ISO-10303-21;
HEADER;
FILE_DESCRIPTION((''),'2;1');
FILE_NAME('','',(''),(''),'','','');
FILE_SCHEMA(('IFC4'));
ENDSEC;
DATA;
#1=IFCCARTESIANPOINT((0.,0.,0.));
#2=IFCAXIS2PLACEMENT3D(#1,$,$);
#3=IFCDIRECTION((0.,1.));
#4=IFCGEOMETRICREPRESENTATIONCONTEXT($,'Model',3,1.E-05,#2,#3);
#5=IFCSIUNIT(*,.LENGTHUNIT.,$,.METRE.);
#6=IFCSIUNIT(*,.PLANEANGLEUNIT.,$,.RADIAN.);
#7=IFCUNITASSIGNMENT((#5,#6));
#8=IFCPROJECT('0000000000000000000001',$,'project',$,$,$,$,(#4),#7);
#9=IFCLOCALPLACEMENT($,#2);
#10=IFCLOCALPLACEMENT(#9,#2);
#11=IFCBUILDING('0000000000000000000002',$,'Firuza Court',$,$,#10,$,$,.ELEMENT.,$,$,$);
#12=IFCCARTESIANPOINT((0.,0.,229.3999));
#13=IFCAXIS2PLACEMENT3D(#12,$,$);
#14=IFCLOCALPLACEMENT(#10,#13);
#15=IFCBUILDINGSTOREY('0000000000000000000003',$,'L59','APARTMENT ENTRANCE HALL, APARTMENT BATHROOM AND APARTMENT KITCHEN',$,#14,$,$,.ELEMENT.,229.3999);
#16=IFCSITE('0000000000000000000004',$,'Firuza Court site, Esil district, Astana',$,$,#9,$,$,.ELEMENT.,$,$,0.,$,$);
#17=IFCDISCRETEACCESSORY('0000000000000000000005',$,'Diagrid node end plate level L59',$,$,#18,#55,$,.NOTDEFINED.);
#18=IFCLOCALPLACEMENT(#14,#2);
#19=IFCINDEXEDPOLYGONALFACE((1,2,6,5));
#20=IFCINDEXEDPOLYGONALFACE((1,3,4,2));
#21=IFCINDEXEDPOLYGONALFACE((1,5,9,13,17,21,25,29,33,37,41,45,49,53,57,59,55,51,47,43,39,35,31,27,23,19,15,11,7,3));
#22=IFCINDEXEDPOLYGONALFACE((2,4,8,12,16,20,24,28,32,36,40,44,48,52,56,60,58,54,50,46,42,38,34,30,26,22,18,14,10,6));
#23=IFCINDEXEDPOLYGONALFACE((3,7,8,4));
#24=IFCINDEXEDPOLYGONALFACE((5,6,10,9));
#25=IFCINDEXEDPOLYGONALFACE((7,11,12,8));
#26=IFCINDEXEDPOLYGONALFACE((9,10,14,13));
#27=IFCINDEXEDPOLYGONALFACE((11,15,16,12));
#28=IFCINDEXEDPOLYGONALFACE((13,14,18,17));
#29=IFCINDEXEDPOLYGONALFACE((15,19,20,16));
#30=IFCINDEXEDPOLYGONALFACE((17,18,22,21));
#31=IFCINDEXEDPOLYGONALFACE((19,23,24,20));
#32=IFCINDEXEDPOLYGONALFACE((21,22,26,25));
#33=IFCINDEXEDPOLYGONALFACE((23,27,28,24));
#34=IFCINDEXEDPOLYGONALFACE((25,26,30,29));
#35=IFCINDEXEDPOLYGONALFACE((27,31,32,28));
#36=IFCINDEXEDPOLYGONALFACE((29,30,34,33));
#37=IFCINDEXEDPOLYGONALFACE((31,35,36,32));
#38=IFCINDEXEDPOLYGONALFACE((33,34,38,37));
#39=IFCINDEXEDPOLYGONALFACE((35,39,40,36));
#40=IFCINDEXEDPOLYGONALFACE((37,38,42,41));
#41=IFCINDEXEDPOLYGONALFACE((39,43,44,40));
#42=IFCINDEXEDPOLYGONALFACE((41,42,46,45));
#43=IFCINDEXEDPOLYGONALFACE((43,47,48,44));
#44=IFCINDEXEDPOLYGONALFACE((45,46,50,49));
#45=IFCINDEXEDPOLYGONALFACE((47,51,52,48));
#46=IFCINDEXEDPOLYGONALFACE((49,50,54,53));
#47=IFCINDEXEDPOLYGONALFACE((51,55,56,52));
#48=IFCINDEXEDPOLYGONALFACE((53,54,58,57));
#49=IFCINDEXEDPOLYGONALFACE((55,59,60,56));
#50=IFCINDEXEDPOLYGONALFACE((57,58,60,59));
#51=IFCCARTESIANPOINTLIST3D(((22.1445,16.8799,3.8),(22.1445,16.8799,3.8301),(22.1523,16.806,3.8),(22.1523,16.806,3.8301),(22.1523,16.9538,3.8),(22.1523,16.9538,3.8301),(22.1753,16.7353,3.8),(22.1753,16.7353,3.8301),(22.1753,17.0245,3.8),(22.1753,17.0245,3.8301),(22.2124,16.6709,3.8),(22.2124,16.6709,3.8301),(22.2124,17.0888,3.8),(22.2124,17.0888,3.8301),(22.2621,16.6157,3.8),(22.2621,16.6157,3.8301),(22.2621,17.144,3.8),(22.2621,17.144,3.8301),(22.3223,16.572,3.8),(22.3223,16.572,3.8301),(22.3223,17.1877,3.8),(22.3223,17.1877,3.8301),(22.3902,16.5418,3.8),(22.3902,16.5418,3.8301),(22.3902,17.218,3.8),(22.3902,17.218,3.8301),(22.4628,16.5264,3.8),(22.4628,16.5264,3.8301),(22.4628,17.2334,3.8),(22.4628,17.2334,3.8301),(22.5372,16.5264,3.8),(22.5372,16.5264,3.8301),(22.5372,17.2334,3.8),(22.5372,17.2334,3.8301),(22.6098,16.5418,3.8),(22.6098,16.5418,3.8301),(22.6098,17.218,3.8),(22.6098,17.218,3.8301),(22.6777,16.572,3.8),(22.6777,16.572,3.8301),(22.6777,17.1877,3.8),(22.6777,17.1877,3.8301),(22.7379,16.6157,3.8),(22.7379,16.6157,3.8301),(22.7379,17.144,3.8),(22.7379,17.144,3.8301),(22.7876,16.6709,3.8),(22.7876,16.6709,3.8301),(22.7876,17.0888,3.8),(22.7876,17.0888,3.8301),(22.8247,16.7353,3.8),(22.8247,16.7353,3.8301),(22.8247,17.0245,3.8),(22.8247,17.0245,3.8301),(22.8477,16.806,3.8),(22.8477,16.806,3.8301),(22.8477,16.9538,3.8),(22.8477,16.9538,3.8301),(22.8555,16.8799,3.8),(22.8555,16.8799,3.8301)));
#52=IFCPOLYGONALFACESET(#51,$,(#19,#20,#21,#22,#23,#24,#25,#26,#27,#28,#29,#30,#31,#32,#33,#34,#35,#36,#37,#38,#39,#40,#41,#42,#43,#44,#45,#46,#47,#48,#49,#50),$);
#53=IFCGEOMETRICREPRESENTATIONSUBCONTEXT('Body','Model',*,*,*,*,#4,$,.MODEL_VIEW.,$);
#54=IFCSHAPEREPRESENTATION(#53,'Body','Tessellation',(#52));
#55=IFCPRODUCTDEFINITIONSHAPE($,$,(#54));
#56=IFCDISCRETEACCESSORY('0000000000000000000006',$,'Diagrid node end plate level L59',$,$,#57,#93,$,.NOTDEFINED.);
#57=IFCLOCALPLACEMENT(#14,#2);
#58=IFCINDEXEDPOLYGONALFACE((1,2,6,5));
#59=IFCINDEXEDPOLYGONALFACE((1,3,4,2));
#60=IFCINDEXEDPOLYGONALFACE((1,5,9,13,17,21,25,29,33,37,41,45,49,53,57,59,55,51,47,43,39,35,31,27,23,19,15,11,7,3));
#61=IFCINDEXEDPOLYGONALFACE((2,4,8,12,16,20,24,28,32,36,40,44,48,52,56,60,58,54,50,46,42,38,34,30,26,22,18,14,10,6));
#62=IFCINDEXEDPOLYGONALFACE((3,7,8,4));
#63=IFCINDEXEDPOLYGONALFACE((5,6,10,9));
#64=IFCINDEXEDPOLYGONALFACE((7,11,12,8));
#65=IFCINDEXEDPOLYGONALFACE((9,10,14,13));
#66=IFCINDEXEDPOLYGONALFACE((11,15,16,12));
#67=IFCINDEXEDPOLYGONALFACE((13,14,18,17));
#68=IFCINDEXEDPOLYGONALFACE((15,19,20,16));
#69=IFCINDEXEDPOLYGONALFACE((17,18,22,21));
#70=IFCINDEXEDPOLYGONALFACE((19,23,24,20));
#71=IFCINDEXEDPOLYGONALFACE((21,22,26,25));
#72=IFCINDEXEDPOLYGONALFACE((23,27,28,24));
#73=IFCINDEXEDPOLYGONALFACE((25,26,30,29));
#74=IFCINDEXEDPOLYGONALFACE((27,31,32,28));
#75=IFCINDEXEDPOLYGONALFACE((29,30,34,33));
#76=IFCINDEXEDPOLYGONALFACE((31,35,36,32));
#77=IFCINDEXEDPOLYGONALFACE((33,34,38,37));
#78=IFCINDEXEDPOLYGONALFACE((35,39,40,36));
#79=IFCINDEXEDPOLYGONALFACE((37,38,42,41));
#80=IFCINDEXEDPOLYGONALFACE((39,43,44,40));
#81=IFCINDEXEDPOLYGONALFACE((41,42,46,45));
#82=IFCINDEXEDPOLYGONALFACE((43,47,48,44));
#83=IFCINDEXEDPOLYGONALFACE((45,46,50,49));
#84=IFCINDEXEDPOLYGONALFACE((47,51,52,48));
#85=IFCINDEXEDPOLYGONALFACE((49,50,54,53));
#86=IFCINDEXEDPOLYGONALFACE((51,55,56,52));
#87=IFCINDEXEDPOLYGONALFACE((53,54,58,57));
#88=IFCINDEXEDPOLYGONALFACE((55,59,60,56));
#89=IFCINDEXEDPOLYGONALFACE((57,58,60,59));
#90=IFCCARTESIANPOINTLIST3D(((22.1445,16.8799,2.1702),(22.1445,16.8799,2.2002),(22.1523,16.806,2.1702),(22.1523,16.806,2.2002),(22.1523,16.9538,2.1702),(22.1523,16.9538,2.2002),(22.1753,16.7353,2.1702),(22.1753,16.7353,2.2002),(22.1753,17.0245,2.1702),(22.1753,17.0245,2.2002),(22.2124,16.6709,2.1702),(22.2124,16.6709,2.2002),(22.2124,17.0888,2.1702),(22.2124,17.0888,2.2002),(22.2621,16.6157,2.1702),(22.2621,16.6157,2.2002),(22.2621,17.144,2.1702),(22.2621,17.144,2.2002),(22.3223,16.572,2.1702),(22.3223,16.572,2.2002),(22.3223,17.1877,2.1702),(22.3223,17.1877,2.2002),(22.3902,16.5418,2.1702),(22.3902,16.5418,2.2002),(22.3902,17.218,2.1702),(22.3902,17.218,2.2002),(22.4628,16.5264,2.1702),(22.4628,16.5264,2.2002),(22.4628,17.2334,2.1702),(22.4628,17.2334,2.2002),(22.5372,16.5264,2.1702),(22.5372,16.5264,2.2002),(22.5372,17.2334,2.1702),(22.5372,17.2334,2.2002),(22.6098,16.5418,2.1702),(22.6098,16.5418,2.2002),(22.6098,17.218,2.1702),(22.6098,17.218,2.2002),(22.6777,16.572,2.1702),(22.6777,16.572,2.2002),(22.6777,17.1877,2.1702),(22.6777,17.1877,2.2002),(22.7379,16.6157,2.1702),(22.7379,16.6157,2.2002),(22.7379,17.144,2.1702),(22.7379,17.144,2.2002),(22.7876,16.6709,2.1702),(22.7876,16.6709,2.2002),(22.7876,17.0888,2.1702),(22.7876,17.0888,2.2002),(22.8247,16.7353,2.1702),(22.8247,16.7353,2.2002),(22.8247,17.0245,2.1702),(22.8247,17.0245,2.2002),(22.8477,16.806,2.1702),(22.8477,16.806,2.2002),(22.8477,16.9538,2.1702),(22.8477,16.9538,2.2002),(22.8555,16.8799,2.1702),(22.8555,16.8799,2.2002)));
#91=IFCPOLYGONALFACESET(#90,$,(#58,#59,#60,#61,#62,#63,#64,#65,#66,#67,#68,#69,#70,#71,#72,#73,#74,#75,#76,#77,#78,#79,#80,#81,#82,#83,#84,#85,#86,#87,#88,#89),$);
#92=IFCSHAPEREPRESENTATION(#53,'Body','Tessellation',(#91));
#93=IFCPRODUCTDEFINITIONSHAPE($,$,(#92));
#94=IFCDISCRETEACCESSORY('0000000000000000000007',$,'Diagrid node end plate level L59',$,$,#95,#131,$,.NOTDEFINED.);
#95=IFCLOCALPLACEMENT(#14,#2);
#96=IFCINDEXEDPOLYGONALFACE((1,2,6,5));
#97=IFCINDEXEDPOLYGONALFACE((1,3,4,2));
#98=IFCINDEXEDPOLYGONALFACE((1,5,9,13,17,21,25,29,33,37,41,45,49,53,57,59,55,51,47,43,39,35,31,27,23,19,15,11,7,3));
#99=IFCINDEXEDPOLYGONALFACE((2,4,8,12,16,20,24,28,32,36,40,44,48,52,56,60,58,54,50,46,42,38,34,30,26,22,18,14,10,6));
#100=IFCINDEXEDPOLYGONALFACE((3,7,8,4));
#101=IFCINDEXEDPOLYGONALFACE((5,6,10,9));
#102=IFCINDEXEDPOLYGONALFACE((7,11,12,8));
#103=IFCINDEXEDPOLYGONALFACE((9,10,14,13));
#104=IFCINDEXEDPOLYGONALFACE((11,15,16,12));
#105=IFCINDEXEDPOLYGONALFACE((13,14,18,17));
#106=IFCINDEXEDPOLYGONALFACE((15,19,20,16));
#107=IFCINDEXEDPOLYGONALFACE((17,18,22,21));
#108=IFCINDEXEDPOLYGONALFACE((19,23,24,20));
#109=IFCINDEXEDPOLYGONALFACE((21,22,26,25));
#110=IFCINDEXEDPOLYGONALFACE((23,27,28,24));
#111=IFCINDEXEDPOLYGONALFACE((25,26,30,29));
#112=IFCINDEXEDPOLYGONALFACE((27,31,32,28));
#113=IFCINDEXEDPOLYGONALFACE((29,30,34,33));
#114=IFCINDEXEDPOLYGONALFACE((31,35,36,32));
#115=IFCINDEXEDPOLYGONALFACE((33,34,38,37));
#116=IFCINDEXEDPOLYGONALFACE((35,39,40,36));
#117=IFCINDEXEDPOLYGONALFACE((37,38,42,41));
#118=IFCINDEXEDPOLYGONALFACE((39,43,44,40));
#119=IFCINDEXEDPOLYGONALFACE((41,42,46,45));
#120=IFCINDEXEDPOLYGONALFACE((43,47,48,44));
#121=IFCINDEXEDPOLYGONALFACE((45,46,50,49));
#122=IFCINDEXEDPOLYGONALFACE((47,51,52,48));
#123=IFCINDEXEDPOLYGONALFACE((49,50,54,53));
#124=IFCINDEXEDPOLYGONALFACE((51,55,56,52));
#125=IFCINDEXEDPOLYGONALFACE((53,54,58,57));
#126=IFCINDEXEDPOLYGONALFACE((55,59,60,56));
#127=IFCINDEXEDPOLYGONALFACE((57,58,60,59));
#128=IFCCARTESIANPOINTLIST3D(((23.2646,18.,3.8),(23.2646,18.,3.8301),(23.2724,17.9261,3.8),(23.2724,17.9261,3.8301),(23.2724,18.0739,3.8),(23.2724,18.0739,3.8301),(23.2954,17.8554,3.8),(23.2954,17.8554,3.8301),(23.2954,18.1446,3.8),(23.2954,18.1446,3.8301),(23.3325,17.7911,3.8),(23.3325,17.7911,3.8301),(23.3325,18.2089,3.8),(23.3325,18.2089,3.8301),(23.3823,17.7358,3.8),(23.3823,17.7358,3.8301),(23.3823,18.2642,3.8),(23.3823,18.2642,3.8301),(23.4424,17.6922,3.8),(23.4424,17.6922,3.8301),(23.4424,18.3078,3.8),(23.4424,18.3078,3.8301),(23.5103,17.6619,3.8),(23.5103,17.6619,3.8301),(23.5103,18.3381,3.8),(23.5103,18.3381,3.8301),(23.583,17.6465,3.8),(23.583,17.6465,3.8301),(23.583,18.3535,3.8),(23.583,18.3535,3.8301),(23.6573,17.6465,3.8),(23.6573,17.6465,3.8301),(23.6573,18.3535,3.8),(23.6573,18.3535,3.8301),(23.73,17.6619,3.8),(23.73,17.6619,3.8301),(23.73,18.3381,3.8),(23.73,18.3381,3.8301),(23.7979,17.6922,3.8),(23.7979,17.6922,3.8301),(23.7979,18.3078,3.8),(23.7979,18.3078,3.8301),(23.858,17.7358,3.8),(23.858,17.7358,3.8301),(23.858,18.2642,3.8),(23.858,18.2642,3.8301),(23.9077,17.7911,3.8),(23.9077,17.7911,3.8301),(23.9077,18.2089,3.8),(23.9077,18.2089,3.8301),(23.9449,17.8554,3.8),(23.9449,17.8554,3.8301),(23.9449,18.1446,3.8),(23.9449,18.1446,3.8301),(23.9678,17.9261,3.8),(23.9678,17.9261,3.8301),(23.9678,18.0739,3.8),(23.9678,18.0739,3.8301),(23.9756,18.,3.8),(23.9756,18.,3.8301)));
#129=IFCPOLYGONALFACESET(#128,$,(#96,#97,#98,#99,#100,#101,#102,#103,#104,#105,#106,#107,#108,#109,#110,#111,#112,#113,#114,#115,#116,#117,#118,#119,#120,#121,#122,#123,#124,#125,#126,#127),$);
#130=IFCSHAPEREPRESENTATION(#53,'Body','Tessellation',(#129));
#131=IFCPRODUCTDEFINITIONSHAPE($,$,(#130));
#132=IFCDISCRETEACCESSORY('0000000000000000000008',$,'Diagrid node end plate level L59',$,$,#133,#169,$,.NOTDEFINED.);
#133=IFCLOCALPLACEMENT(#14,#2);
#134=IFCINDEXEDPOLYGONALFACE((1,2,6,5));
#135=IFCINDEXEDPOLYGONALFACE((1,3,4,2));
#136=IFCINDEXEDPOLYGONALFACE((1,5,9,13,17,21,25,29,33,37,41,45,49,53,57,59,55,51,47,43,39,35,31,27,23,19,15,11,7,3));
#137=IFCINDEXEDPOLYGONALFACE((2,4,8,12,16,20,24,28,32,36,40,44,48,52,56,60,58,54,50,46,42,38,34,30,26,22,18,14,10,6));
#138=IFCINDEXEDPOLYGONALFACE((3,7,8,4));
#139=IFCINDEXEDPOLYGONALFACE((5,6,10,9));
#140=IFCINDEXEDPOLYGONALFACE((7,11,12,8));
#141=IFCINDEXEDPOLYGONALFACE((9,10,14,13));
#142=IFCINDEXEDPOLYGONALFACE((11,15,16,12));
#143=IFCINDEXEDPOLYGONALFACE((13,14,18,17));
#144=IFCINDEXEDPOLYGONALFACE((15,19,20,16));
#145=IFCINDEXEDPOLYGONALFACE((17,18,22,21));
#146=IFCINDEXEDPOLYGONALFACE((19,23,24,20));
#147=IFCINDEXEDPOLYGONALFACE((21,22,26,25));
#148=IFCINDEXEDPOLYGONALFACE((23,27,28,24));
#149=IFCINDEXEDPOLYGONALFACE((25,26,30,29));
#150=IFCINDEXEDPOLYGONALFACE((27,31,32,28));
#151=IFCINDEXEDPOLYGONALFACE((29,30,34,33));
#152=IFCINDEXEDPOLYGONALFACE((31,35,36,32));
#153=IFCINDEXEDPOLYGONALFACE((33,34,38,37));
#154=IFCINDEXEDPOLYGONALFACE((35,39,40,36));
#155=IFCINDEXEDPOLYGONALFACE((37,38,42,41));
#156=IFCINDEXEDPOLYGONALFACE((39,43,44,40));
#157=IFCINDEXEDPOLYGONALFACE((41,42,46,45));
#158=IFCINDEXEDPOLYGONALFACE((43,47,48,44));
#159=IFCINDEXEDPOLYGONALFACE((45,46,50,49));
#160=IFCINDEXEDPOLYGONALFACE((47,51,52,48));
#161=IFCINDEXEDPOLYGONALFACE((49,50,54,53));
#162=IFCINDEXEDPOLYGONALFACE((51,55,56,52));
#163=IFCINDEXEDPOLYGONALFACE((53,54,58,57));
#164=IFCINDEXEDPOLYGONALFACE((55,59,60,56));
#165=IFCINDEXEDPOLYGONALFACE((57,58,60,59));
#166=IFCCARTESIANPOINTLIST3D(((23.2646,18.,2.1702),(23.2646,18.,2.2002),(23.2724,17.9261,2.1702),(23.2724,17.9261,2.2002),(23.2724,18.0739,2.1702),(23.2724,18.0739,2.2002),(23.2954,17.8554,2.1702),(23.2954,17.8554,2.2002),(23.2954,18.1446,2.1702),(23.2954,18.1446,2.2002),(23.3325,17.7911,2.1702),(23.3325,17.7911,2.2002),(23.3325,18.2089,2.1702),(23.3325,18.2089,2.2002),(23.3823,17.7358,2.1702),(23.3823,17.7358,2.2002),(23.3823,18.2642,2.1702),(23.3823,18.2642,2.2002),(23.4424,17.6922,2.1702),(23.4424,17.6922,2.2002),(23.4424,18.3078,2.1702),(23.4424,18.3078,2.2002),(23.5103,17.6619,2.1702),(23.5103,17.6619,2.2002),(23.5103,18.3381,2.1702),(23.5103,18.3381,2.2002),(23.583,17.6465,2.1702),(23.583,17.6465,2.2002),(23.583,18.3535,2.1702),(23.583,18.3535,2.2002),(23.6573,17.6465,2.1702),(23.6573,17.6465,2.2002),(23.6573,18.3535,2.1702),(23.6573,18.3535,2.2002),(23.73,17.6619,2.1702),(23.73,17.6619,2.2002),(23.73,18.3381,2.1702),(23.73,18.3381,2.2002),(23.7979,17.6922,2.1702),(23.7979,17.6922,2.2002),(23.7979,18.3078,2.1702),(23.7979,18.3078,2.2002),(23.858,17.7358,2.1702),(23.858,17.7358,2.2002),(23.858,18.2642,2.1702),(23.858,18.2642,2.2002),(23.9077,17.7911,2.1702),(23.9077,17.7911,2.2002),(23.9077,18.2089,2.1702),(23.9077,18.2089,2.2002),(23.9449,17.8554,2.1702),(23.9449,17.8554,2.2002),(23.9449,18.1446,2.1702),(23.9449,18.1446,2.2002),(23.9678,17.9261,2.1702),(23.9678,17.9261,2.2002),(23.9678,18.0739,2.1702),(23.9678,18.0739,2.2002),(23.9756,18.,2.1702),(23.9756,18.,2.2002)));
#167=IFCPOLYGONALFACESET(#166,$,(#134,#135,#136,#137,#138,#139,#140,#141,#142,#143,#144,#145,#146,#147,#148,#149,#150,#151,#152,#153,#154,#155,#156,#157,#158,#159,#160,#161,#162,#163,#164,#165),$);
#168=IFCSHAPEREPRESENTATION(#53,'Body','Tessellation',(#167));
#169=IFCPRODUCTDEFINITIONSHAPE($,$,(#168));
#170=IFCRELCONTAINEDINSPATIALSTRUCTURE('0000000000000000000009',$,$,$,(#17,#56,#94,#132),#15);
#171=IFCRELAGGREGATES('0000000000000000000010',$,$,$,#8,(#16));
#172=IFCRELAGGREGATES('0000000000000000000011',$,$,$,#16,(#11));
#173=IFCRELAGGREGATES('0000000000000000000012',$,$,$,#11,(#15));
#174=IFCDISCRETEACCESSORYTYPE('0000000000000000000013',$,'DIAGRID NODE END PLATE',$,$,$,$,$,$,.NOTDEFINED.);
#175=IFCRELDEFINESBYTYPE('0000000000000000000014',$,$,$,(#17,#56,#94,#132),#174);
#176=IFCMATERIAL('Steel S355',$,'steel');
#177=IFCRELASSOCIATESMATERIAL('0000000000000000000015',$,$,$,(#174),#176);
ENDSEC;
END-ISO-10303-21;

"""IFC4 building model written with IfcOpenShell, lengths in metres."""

from ifc_helpers import new_model, si_unit, direction, frame, origin, origin_2d, place, context, subcontext, project, spatial, circle, extrude, material, material_profile, profile_set, type_object, element, save


model = new_model("IFC4")

# Units and contexts
model_context = context("Model", 3, precision=1e-05, world=origin(), true_north=direction((0.0, 1.0)))
body_context = subcontext(model_context, "Body", "Model", "MODEL_VIEW")
ifc_project = project(units=[si_unit("LENGTHUNIT", "METRE"), si_unit("PLANEANGLEUNIT", "RADIAN")], contexts=[model_context])

# Site, building, storey
site_placement = place(None, origin())
site = spatial("IfcSite", under=ifc_project, at=site_placement, Name="Firuza Court site, Esil district, Astana", CompositionType="ELEMENT", RefElevation=0.0)
building_placement = place(site_placement, origin())
building = spatial("IfcBuilding", under=site, at=building_placement, Name="Firuza Court", CompositionType="ELEMENT")
storey_placement = place(building_placement, frame((0.0, 0.0, 229.3999)))
storey = spatial("IfcBuildingStorey", under=building, at=storey_placement, Name="L59", Description="APARTMENT ENTRANCE HALL, APARTMENT BATHROOM AND APARTMENT KITCHEN", CompositionType="ELEMENT", Elevation=229.3999)

# Discrete accessories
ifc_material_1 = material(Name="Steel S355", Category="steel")
ifc_material_profile_1 = material_profile(ifc_material_1, circle(Radius=0.3555, at=origin_2d()), Name="PL D711")
ifc_profile_set_1 = profile_set([ifc_material_profile_1], Name="Steel S355")
discrete_accessory_type = type_object("IfcDiscreteAccessoryType", Name="DIAGRID NODE END PLATE", PredefinedType="NOTDEFINED", material=ifc_profile_set_1)
for number, where, z_axis, x_axis, name in (
    (1, (22.5, 16.8799, 3.8), (0.0, 0.0, 1.0), (1.0, 0.0, 0.0), "Diagrid node end plate level L59"),
    (2, (22.5, 16.8799, 2.1702), (0.0, 0.0, 1.0), (1.0, 0.0, 0.0), "Diagrid node end plate level L59"),
    (3, (23.6201, 18.0, 3.8), (0.0, 0.0, 1.0), (1.0, 0.0, 0.0), "Diagrid node end plate level L59"),
    (4, (23.6201, 18.0, 2.1702), (0.0, 0.0, 1.0), (1.0, 0.0, 0.0), "Diagrid node end plate level L59"),
):
    element("IfcDiscreteAccessory", number, at=place(storey_placement, frame(where, z_axis=z_axis, x_axis=x_axis)), inside=storey, type_object=discrete_accessory_type, Name=name, PredefinedType="NOTDEFINED", context=body_context, shape_type="SweptSolid", body=[
        extrude(circle(Radius=0.3555, at=origin_2d()), origin(), (0.0, 0.0, 1.0), 0.03),
    ])

save(model, "model.ifc")
